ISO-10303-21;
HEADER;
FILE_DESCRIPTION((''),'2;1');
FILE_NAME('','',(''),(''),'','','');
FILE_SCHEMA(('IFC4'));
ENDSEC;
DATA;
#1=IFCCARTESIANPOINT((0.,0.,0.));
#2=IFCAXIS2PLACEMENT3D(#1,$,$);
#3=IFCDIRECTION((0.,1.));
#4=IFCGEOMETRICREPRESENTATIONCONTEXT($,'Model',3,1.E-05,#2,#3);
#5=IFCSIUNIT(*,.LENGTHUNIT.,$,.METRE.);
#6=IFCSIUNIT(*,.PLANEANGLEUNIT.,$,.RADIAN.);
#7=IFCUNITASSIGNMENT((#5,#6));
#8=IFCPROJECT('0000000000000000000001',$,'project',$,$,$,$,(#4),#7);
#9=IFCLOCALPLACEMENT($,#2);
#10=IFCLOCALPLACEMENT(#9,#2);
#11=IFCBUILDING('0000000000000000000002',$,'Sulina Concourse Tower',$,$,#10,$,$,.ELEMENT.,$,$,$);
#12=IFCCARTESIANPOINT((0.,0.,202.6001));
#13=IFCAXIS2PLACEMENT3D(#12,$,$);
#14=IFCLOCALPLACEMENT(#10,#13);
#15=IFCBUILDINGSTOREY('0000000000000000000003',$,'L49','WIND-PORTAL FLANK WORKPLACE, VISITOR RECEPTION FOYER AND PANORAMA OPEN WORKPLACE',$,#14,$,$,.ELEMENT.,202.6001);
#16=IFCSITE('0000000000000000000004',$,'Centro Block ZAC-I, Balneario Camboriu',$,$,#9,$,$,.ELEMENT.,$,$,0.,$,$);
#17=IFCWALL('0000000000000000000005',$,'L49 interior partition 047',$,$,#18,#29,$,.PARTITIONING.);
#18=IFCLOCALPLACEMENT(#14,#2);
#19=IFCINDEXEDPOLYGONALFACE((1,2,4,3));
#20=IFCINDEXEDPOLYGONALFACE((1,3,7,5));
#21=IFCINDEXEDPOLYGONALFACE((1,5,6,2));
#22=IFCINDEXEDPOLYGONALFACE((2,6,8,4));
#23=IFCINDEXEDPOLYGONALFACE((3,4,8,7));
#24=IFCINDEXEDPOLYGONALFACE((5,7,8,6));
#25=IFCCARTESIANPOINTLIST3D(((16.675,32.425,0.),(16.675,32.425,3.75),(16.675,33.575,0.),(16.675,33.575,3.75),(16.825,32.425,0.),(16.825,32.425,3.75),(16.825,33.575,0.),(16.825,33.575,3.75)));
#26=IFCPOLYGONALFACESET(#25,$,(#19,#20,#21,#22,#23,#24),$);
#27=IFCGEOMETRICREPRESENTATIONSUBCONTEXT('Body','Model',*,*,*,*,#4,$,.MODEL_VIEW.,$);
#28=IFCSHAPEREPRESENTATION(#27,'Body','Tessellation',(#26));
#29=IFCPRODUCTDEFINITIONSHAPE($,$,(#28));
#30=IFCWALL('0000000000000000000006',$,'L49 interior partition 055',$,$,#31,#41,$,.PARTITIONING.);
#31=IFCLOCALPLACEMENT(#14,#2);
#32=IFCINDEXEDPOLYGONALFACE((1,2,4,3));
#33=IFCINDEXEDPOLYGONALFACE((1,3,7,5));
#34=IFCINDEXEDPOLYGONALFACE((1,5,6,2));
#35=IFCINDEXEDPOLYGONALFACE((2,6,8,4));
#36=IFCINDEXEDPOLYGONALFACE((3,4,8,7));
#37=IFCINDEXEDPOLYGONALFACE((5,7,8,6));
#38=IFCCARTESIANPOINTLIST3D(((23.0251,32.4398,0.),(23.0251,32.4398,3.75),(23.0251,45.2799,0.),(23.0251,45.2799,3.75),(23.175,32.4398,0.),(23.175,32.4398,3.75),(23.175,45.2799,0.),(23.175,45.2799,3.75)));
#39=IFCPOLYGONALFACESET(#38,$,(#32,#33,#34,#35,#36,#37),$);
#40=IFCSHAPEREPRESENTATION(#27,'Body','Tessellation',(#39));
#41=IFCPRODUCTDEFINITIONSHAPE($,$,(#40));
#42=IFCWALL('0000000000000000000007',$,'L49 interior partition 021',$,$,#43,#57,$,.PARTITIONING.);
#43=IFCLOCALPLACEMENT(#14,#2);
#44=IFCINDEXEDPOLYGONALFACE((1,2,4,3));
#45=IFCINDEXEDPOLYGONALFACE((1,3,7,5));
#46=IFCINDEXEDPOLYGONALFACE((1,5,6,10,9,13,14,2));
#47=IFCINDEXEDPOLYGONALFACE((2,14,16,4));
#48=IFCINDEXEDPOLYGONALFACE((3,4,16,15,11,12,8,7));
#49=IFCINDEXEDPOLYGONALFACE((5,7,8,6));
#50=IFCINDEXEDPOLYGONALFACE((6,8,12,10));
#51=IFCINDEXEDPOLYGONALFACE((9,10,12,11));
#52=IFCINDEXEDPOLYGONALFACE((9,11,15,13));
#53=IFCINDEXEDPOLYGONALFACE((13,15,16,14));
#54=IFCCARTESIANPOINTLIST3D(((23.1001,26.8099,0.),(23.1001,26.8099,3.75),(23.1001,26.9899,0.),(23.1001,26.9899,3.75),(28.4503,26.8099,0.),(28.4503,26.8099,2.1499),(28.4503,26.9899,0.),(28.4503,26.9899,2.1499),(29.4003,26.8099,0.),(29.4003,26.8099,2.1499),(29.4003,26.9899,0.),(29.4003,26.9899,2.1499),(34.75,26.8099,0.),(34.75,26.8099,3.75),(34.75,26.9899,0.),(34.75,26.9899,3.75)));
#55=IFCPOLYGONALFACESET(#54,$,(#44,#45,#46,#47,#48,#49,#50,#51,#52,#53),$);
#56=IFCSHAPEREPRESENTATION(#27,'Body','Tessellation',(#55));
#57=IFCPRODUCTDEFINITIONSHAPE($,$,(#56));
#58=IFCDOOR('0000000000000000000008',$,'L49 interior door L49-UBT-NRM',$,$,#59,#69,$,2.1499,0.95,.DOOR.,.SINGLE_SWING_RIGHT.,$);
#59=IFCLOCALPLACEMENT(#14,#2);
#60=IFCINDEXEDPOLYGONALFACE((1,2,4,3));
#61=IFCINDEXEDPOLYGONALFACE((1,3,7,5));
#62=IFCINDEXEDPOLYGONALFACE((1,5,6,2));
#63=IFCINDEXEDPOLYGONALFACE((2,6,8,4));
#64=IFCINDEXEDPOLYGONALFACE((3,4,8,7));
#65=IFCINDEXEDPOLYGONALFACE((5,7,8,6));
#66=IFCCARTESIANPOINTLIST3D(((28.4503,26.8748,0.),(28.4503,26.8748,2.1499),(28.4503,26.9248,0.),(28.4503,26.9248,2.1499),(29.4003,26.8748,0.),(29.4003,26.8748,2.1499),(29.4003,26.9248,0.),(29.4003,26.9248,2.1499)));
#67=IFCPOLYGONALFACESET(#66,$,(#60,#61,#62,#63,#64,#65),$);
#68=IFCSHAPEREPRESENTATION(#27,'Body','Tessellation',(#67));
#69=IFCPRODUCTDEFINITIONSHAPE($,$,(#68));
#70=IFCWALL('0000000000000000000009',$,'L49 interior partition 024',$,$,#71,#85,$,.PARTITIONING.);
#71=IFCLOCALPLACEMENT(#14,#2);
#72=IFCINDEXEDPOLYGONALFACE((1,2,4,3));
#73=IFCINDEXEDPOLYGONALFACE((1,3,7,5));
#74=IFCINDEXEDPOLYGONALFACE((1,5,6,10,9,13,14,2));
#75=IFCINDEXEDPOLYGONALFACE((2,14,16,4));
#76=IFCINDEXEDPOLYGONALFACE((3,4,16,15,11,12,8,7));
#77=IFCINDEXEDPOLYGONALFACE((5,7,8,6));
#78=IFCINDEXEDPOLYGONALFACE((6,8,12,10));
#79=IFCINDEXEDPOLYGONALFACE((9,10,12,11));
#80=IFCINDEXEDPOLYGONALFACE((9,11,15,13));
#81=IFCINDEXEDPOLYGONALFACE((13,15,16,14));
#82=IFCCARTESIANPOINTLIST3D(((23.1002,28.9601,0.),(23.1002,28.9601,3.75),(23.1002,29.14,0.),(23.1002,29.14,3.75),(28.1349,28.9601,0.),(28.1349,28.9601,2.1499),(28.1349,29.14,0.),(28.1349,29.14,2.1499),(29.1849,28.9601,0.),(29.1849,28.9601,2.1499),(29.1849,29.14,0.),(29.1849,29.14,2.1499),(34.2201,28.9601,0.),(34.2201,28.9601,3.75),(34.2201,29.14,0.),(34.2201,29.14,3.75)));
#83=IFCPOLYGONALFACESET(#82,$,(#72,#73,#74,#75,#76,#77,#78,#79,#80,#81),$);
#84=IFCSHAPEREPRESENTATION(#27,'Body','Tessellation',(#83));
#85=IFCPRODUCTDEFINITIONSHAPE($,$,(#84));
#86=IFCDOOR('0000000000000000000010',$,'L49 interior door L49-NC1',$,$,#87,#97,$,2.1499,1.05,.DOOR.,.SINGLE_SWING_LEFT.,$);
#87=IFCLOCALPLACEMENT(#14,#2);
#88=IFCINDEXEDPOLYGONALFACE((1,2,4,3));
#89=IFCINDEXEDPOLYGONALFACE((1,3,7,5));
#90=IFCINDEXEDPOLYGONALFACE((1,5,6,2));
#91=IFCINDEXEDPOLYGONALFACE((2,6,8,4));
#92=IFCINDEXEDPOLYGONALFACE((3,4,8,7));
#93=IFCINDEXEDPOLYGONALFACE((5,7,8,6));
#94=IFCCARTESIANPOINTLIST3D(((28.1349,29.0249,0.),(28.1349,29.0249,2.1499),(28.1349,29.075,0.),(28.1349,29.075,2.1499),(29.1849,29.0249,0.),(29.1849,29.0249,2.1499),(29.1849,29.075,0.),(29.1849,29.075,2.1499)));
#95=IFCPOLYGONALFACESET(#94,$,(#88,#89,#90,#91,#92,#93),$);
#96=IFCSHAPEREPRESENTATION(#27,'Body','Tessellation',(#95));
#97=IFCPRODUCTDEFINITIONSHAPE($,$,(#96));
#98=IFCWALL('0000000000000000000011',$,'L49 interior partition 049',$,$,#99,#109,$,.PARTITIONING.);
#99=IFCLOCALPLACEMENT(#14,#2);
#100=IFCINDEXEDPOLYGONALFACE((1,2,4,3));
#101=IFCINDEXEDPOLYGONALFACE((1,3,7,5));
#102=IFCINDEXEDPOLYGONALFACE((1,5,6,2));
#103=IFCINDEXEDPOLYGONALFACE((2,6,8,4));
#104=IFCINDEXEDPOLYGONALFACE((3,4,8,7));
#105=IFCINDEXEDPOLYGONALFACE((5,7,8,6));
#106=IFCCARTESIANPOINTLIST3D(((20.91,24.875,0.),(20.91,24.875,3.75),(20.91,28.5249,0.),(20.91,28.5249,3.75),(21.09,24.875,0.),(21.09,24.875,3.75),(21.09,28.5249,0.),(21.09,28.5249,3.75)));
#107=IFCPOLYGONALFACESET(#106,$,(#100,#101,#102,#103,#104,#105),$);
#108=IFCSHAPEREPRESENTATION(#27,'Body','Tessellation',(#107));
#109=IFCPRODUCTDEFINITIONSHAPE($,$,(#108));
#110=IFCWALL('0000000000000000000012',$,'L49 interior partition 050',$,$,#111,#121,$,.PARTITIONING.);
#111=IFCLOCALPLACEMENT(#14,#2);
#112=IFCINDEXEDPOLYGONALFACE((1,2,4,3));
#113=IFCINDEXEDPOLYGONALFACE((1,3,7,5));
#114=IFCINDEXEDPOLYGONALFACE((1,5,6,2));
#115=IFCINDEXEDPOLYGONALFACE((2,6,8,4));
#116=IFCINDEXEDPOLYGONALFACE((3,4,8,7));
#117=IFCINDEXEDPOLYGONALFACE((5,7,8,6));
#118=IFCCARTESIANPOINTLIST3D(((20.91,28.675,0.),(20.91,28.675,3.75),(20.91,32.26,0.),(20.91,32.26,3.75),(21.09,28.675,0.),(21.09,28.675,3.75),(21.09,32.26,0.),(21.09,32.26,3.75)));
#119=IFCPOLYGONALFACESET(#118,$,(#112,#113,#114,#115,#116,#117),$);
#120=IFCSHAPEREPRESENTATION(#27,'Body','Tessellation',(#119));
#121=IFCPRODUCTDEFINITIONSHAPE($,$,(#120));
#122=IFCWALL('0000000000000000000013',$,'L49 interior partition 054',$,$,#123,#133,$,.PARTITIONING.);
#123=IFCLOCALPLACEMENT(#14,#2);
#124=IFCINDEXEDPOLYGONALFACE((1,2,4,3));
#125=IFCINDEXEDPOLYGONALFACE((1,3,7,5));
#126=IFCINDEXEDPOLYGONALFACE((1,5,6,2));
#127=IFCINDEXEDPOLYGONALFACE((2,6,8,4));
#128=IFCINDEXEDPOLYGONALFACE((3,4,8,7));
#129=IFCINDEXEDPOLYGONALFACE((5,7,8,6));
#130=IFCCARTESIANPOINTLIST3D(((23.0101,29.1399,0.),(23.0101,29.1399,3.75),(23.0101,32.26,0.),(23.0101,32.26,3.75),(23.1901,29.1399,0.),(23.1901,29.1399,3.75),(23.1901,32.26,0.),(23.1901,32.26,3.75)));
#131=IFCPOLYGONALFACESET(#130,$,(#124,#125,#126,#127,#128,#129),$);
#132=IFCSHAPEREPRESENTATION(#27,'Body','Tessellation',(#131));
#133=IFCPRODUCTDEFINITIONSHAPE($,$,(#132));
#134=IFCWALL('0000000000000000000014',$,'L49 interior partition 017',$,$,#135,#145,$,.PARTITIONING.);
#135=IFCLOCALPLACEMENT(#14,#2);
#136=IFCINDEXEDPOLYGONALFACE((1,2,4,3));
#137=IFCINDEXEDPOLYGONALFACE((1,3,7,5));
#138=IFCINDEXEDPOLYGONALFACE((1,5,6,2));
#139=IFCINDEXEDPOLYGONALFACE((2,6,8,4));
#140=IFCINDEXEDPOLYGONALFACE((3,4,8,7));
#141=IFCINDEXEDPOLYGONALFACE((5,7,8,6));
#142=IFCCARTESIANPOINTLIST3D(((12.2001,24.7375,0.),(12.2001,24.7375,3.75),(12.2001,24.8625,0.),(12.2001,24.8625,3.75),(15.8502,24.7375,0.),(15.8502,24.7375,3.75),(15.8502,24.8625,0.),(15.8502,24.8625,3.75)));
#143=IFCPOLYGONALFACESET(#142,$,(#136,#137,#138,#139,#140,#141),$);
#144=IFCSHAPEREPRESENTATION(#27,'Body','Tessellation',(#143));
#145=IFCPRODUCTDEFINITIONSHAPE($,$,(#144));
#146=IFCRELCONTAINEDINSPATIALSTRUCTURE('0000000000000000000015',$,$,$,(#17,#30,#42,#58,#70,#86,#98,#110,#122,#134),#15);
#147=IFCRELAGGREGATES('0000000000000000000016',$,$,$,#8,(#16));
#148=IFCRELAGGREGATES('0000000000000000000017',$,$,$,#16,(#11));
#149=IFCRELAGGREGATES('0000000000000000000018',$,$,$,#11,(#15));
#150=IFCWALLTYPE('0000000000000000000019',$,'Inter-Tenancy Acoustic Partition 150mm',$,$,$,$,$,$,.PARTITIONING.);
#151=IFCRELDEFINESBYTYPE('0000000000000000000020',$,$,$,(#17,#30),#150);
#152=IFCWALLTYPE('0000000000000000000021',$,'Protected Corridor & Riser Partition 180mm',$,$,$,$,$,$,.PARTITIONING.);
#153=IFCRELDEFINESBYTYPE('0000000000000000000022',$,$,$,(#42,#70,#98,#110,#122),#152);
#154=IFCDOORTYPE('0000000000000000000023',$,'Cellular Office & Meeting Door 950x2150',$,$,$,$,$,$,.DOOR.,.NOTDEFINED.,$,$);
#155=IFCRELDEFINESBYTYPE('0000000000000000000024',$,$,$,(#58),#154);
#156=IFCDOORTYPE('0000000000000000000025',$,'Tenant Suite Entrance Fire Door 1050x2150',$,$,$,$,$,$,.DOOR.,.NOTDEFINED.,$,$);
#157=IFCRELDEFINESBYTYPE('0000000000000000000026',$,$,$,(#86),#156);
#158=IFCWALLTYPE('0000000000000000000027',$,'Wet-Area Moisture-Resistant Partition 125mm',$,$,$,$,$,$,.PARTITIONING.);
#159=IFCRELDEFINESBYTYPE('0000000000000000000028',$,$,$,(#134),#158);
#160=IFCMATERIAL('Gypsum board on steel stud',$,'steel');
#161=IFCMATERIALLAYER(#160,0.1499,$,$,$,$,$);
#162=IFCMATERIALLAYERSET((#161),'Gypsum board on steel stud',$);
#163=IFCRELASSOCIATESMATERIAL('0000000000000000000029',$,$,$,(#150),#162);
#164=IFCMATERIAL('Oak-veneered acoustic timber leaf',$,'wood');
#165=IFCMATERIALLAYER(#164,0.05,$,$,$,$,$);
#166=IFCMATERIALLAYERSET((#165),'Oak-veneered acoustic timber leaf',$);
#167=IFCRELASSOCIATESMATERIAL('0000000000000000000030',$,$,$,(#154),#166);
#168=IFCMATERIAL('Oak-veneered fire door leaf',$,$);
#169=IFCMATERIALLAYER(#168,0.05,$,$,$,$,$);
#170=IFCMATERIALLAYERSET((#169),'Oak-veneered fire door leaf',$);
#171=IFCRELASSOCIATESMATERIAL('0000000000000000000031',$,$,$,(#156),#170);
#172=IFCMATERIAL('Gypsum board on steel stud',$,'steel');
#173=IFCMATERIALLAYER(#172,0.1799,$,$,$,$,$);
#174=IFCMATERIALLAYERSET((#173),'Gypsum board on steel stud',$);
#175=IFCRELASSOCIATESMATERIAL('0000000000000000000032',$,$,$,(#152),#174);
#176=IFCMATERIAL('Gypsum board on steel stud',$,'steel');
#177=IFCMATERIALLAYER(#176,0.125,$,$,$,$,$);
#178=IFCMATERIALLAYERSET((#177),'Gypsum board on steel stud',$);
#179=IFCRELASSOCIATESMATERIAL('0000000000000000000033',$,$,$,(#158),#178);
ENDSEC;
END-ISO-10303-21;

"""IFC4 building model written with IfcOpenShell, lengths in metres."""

from ifc_helpers import new_model, si_unit, direction, frame, frame_2d, origin, place, context, subcontext, project, spatial, rectangle, extrude, material, layer, layer_set, type_object, element, fill, save


model = new_model("IFC4")

# Units and contexts
model_context = context("Model", 3, precision=1e-05, world=origin(), true_north=direction((0.0, 1.0)))
body_context = subcontext(model_context, "Body", "Model", "MODEL_VIEW")
ifc_project = project(units=[si_unit("LENGTHUNIT", "METRE"), si_unit("PLANEANGLEUNIT", "RADIAN")], contexts=[model_context])

# Site, building, storey
site_placement = place(None, origin())
site = spatial("IfcSite", under=ifc_project, at=site_placement, Name="Centro Block ZAC-I, Balneario Camboriu", CompositionType="ELEMENT", RefElevation=0.0)
building_placement = place(site_placement, origin())
building = spatial("IfcBuilding", under=site, at=building_placement, Name="Sulina Concourse Tower", CompositionType="ELEMENT")
storey_placement = place(building_placement, frame((0.0, 0.0, 202.6001)))
storey = spatial("IfcBuildingStorey", under=building, at=storey_placement, Name="L49", Description="WIND-PORTAL FLANK WORKPLACE, VISITOR RECEPTION FOYER AND PANORAMA OPEN WORKPLACE", CompositionType="ELEMENT", Elevation=202.6001)

# Shared definitions
ifc_material_1 = material(Name="Gypsum board on steel stud", Category="steel")
ifc_layer_1 = layer(ifc_material_1, 0.1499)
ifc_layer_set_1 = layer_set([ifc_layer_1], Name="Gypsum board on steel stud")
wall_type_1 = type_object("IfcWallType", Name="Inter-Tenancy Acoustic Partition 150mm", PredefinedType="PARTITIONING", material=ifc_layer_set_1)

# Shared definitions
ifc_material_2 = material(Name="Oak-veneered acoustic timber leaf", Category="wood")
ifc_layer_2 = layer(ifc_material_2, 0.05)
ifc_layer_set_2 = layer_set([ifc_layer_2], Name="Oak-veneered acoustic timber leaf")
door_type_1 = type_object("IfcDoorType", Name="Cellular Office & Meeting Door 950x2150", OperationType="NOTDEFINED", PredefinedType="DOOR", material=ifc_layer_set_2)

# Shared definitions
ifc_material_3 = material(Name="Oak-veneered fire door leaf")
ifc_layer_3 = layer(ifc_material_3, 0.05)
ifc_layer_set_3 = layer_set([ifc_layer_3], Name="Oak-veneered fire door leaf")
door_type_2 = type_object("IfcDoorType", Name="Tenant Suite Entrance Fire Door 1050x2150", OperationType="NOTDEFINED", PredefinedType="DOOR", material=ifc_layer_set_3)

# Walls
wall_1_placement = place(storey_placement, frame((16.75, 32.425, 0.0), z_axis=(0.0, 0.0, 1.0), x_axis=(0.0, 1.0, 0.0)))
element("IfcWall", 1, at=wall_1_placement, inside=storey, type_object=wall_type_1, Name="L49 interior partition 047", PredefinedType="PARTITIONING", context=body_context, shape_type="SweptSolid", body=[
    extrude(rectangle(XDim=1.1499, YDim=0.1499, at=frame_2d((0.575, 0.0))), origin(), (0.0, 0.0, 1.0), 3.75),
])
wall_2_placement = place(storey_placement, frame((23.1001, 32.4399, 0.0), z_axis=(0.0, 0.0, 1.0), x_axis=(0.0, 1.0, 0.0)))
element("IfcWall", 2, at=wall_2_placement, inside=storey, type_object=wall_type_1, Name="L49 interior partition 055", PredefinedType="PARTITIONING", context=body_context, shape_type="SweptSolid", body=[
    extrude(rectangle(XDim=12.8401, YDim=0.1499, at=frame_2d((6.4199, 0.0))), origin(), (0.0, 0.0, 1.0), 3.75),
])

# Walls, openings, doors
ifc_material_4 = material(Name="Gypsum board on steel stud", Category="steel")
ifc_layer_4 = layer(ifc_material_4, 0.1799)
ifc_layer_set_4 = layer_set([ifc_layer_4], Name="Gypsum board on steel stud")
wall_type_2 = type_object("IfcWallType", Name="Protected Corridor & Riser Partition 180mm", PredefinedType="PARTITIONING", material=ifc_layer_set_4)
wall_3_placement = place(storey_placement, frame((23.1001, 26.8999, 0.0), z_axis=(0.0, 0.0, 1.0), x_axis=(1.0, 0.0, 0.0)))
wall_3 = element("IfcWall", 3, at=wall_3_placement, inside=storey, type_object=wall_type_2, Name="L49 interior partition 021", PredefinedType="PARTITIONING", context=body_context, shape_type="SweptSolid", body=[
    extrude(rectangle(XDim=11.6499, YDim=0.1799, at=frame_2d((5.825, 0.0))), origin(), (0.0, 0.0, 1.0), 3.75),
])
opening_1_placement = place(wall_3_placement, frame((5.3501, 0.0, 0.0)))
opening_1 = element("IfcOpeningElement", 4, at=opening_1_placement, cuts=wall_3, PredefinedType="OPENING", context=body_context, shape_type="SweptSolid", body=[
    extrude(rectangle(XDim=0.95, YDim=2.1499, at=frame_2d((0.4751, 1.075))), frame((0.0, 0.0999, 0.0), z_axis=(0.0, -1.0, 0.0), x_axis=(1.0, 0.0, 0.0)), (0.0, 0.0, 1.0), 0.2),
])
door_1_placement = place(opening_1_placement, origin())
door_1 = element("IfcDoor", 5, at=door_1_placement, inside=storey, type_object=door_type_1, Name="L49 interior door L49-UBT-NRM", OperationType="SINGLE_SWING_RIGHT", OverallHeight=2.1499, OverallWidth=0.95, PredefinedType="DOOR", context=body_context, shape_type="SweptSolid", body=[
    extrude(rectangle(XDim=0.95, YDim=2.1499, at=frame_2d((0.4751, 1.075))), frame((0.0, 0.0249, 0.0), z_axis=(0.0, -1.0, 0.0), x_axis=(1.0, 0.0, 0.0)), (0.0, 0.0, 1.0), 0.05),
])
fill(opening_1, door_1)
wall_4_placement = place(storey_placement, frame((23.1001, 29.05, 0.0), z_axis=(0.0, 0.0, 1.0), x_axis=(1.0, 0.0, 0.0)))
wall_4 = element("IfcWall", 6, at=wall_4_placement, inside=storey, type_object=wall_type_2, Name="L49 interior partition 024", PredefinedType="PARTITIONING", context=body_context, shape_type="SweptSolid", body=[
    extrude(rectangle(XDim=11.1199, YDim=0.1799, at=frame_2d((5.5601, 0.0))), origin(), (0.0, 0.0, 1.0), 3.75),
])
opening_2_placement = place(wall_4_placement, frame((5.0349, 0.0, 0.0)))
opening_2 = element("IfcOpeningElement", 7, at=opening_2_placement, cuts=wall_4, PredefinedType="OPENING", context=body_context, shape_type="SweptSolid", body=[
    extrude(rectangle(XDim=1.05, YDim=2.1499, at=frame_2d((0.5249, 1.075))), frame((0.0, 0.0999, 0.0), z_axis=(0.0, -1.0, 0.0), x_axis=(1.0, 0.0, 0.0)), (0.0, 0.0, 1.0), 0.2),
])
door_2_placement = place(opening_2_placement, origin())
door_2 = element("IfcDoor", 8, at=door_2_placement, inside=storey, type_object=door_type_2, Name="L49 interior door L49-NC1", OperationType="SINGLE_SWING_LEFT", OverallHeight=2.1499, OverallWidth=1.05, PredefinedType="DOOR", context=body_context, shape_type="SweptSolid", body=[
    extrude(rectangle(XDim=1.05, YDim=2.1499, at=frame_2d((0.5249, 1.075))), frame((0.0, 0.0249, 0.0), z_axis=(0.0, -1.0, 0.0), x_axis=(1.0, 0.0, 0.0)), (0.0, 0.0, 1.0), 0.05),
])
fill(opening_2, door_2)

# Walls
wall_5_placement = place(storey_placement, frame((21.0, 24.875, 0.0), z_axis=(0.0, 0.0, 1.0), x_axis=(0.0, 1.0, 0.0)))
element("IfcWall", 9, at=wall_5_placement, inside=storey, type_object=wall_type_2, Name="L49 interior partition 049", PredefinedType="PARTITIONING", context=body_context, shape_type="SweptSolid", body=[
    extrude(rectangle(XDim=3.6499, YDim=0.1799, at=frame_2d((1.825, 0.0))), origin(), (0.0, 0.0, 1.0), 3.75),
])
wall_6_placement = place(storey_placement, frame((21.0, 28.675, 0.0), z_axis=(0.0, 0.0, 1.0), x_axis=(0.0, 1.0, 0.0)))
element("IfcWall", 10, at=wall_6_placement, inside=storey, type_object=wall_type_2, Name="L49 interior partition 050", PredefinedType="PARTITIONING", context=body_context, shape_type="SweptSolid", body=[
    extrude(rectangle(XDim=3.585, YDim=0.1799, at=frame_2d((1.7925, 0.0))), origin(), (0.0, 0.0, 1.0), 3.75),
])
wall_7_placement = place(storey_placement, frame((23.1001, 29.1399, 0.0), z_axis=(0.0, 0.0, 1.0), x_axis=(0.0, 1.0, 0.0)))
element("IfcWall", 11, at=wall_7_placement, inside=storey, type_object=wall_type_2, Name="L49 interior partition 054", PredefinedType="PARTITIONING", context=body_context, shape_type="SweptSolid", body=[
    extrude(rectangle(XDim=3.1201, YDim=0.1799, at=frame_2d((1.5601, 0.0))), origin(), (0.0, 0.0, 1.0), 3.75),
])
ifc_material_5 = material(Name="Gypsum board on steel stud", Category="steel")
ifc_layer_5 = layer(ifc_material_5, 0.125)
ifc_layer_set_5 = layer_set([ifc_layer_5], Name="Gypsum board on steel stud")
wall_type_3 = type_object("IfcWallType", Name="Wet-Area Moisture-Resistant Partition 125mm", PredefinedType="PARTITIONING", material=ifc_layer_set_5)
wall_8_placement = place(storey_placement, frame((12.2, 24.8, 0.0), z_axis=(0.0, 0.0, 1.0), x_axis=(1.0, 0.0, 0.0)))
element("IfcWall", 12, at=wall_8_placement, inside=storey, type_object=wall_type_3, Name="L49 interior partition 017", PredefinedType="PARTITIONING", context=body_context, shape_type="SweptSolid", body=[
    extrude(rectangle(XDim=3.6501, YDim=0.125, at=frame_2d((1.8252, 0.0))), origin(), (0.0, 0.0, 1.0), 3.75),
])

save(model, "model.ifc")
